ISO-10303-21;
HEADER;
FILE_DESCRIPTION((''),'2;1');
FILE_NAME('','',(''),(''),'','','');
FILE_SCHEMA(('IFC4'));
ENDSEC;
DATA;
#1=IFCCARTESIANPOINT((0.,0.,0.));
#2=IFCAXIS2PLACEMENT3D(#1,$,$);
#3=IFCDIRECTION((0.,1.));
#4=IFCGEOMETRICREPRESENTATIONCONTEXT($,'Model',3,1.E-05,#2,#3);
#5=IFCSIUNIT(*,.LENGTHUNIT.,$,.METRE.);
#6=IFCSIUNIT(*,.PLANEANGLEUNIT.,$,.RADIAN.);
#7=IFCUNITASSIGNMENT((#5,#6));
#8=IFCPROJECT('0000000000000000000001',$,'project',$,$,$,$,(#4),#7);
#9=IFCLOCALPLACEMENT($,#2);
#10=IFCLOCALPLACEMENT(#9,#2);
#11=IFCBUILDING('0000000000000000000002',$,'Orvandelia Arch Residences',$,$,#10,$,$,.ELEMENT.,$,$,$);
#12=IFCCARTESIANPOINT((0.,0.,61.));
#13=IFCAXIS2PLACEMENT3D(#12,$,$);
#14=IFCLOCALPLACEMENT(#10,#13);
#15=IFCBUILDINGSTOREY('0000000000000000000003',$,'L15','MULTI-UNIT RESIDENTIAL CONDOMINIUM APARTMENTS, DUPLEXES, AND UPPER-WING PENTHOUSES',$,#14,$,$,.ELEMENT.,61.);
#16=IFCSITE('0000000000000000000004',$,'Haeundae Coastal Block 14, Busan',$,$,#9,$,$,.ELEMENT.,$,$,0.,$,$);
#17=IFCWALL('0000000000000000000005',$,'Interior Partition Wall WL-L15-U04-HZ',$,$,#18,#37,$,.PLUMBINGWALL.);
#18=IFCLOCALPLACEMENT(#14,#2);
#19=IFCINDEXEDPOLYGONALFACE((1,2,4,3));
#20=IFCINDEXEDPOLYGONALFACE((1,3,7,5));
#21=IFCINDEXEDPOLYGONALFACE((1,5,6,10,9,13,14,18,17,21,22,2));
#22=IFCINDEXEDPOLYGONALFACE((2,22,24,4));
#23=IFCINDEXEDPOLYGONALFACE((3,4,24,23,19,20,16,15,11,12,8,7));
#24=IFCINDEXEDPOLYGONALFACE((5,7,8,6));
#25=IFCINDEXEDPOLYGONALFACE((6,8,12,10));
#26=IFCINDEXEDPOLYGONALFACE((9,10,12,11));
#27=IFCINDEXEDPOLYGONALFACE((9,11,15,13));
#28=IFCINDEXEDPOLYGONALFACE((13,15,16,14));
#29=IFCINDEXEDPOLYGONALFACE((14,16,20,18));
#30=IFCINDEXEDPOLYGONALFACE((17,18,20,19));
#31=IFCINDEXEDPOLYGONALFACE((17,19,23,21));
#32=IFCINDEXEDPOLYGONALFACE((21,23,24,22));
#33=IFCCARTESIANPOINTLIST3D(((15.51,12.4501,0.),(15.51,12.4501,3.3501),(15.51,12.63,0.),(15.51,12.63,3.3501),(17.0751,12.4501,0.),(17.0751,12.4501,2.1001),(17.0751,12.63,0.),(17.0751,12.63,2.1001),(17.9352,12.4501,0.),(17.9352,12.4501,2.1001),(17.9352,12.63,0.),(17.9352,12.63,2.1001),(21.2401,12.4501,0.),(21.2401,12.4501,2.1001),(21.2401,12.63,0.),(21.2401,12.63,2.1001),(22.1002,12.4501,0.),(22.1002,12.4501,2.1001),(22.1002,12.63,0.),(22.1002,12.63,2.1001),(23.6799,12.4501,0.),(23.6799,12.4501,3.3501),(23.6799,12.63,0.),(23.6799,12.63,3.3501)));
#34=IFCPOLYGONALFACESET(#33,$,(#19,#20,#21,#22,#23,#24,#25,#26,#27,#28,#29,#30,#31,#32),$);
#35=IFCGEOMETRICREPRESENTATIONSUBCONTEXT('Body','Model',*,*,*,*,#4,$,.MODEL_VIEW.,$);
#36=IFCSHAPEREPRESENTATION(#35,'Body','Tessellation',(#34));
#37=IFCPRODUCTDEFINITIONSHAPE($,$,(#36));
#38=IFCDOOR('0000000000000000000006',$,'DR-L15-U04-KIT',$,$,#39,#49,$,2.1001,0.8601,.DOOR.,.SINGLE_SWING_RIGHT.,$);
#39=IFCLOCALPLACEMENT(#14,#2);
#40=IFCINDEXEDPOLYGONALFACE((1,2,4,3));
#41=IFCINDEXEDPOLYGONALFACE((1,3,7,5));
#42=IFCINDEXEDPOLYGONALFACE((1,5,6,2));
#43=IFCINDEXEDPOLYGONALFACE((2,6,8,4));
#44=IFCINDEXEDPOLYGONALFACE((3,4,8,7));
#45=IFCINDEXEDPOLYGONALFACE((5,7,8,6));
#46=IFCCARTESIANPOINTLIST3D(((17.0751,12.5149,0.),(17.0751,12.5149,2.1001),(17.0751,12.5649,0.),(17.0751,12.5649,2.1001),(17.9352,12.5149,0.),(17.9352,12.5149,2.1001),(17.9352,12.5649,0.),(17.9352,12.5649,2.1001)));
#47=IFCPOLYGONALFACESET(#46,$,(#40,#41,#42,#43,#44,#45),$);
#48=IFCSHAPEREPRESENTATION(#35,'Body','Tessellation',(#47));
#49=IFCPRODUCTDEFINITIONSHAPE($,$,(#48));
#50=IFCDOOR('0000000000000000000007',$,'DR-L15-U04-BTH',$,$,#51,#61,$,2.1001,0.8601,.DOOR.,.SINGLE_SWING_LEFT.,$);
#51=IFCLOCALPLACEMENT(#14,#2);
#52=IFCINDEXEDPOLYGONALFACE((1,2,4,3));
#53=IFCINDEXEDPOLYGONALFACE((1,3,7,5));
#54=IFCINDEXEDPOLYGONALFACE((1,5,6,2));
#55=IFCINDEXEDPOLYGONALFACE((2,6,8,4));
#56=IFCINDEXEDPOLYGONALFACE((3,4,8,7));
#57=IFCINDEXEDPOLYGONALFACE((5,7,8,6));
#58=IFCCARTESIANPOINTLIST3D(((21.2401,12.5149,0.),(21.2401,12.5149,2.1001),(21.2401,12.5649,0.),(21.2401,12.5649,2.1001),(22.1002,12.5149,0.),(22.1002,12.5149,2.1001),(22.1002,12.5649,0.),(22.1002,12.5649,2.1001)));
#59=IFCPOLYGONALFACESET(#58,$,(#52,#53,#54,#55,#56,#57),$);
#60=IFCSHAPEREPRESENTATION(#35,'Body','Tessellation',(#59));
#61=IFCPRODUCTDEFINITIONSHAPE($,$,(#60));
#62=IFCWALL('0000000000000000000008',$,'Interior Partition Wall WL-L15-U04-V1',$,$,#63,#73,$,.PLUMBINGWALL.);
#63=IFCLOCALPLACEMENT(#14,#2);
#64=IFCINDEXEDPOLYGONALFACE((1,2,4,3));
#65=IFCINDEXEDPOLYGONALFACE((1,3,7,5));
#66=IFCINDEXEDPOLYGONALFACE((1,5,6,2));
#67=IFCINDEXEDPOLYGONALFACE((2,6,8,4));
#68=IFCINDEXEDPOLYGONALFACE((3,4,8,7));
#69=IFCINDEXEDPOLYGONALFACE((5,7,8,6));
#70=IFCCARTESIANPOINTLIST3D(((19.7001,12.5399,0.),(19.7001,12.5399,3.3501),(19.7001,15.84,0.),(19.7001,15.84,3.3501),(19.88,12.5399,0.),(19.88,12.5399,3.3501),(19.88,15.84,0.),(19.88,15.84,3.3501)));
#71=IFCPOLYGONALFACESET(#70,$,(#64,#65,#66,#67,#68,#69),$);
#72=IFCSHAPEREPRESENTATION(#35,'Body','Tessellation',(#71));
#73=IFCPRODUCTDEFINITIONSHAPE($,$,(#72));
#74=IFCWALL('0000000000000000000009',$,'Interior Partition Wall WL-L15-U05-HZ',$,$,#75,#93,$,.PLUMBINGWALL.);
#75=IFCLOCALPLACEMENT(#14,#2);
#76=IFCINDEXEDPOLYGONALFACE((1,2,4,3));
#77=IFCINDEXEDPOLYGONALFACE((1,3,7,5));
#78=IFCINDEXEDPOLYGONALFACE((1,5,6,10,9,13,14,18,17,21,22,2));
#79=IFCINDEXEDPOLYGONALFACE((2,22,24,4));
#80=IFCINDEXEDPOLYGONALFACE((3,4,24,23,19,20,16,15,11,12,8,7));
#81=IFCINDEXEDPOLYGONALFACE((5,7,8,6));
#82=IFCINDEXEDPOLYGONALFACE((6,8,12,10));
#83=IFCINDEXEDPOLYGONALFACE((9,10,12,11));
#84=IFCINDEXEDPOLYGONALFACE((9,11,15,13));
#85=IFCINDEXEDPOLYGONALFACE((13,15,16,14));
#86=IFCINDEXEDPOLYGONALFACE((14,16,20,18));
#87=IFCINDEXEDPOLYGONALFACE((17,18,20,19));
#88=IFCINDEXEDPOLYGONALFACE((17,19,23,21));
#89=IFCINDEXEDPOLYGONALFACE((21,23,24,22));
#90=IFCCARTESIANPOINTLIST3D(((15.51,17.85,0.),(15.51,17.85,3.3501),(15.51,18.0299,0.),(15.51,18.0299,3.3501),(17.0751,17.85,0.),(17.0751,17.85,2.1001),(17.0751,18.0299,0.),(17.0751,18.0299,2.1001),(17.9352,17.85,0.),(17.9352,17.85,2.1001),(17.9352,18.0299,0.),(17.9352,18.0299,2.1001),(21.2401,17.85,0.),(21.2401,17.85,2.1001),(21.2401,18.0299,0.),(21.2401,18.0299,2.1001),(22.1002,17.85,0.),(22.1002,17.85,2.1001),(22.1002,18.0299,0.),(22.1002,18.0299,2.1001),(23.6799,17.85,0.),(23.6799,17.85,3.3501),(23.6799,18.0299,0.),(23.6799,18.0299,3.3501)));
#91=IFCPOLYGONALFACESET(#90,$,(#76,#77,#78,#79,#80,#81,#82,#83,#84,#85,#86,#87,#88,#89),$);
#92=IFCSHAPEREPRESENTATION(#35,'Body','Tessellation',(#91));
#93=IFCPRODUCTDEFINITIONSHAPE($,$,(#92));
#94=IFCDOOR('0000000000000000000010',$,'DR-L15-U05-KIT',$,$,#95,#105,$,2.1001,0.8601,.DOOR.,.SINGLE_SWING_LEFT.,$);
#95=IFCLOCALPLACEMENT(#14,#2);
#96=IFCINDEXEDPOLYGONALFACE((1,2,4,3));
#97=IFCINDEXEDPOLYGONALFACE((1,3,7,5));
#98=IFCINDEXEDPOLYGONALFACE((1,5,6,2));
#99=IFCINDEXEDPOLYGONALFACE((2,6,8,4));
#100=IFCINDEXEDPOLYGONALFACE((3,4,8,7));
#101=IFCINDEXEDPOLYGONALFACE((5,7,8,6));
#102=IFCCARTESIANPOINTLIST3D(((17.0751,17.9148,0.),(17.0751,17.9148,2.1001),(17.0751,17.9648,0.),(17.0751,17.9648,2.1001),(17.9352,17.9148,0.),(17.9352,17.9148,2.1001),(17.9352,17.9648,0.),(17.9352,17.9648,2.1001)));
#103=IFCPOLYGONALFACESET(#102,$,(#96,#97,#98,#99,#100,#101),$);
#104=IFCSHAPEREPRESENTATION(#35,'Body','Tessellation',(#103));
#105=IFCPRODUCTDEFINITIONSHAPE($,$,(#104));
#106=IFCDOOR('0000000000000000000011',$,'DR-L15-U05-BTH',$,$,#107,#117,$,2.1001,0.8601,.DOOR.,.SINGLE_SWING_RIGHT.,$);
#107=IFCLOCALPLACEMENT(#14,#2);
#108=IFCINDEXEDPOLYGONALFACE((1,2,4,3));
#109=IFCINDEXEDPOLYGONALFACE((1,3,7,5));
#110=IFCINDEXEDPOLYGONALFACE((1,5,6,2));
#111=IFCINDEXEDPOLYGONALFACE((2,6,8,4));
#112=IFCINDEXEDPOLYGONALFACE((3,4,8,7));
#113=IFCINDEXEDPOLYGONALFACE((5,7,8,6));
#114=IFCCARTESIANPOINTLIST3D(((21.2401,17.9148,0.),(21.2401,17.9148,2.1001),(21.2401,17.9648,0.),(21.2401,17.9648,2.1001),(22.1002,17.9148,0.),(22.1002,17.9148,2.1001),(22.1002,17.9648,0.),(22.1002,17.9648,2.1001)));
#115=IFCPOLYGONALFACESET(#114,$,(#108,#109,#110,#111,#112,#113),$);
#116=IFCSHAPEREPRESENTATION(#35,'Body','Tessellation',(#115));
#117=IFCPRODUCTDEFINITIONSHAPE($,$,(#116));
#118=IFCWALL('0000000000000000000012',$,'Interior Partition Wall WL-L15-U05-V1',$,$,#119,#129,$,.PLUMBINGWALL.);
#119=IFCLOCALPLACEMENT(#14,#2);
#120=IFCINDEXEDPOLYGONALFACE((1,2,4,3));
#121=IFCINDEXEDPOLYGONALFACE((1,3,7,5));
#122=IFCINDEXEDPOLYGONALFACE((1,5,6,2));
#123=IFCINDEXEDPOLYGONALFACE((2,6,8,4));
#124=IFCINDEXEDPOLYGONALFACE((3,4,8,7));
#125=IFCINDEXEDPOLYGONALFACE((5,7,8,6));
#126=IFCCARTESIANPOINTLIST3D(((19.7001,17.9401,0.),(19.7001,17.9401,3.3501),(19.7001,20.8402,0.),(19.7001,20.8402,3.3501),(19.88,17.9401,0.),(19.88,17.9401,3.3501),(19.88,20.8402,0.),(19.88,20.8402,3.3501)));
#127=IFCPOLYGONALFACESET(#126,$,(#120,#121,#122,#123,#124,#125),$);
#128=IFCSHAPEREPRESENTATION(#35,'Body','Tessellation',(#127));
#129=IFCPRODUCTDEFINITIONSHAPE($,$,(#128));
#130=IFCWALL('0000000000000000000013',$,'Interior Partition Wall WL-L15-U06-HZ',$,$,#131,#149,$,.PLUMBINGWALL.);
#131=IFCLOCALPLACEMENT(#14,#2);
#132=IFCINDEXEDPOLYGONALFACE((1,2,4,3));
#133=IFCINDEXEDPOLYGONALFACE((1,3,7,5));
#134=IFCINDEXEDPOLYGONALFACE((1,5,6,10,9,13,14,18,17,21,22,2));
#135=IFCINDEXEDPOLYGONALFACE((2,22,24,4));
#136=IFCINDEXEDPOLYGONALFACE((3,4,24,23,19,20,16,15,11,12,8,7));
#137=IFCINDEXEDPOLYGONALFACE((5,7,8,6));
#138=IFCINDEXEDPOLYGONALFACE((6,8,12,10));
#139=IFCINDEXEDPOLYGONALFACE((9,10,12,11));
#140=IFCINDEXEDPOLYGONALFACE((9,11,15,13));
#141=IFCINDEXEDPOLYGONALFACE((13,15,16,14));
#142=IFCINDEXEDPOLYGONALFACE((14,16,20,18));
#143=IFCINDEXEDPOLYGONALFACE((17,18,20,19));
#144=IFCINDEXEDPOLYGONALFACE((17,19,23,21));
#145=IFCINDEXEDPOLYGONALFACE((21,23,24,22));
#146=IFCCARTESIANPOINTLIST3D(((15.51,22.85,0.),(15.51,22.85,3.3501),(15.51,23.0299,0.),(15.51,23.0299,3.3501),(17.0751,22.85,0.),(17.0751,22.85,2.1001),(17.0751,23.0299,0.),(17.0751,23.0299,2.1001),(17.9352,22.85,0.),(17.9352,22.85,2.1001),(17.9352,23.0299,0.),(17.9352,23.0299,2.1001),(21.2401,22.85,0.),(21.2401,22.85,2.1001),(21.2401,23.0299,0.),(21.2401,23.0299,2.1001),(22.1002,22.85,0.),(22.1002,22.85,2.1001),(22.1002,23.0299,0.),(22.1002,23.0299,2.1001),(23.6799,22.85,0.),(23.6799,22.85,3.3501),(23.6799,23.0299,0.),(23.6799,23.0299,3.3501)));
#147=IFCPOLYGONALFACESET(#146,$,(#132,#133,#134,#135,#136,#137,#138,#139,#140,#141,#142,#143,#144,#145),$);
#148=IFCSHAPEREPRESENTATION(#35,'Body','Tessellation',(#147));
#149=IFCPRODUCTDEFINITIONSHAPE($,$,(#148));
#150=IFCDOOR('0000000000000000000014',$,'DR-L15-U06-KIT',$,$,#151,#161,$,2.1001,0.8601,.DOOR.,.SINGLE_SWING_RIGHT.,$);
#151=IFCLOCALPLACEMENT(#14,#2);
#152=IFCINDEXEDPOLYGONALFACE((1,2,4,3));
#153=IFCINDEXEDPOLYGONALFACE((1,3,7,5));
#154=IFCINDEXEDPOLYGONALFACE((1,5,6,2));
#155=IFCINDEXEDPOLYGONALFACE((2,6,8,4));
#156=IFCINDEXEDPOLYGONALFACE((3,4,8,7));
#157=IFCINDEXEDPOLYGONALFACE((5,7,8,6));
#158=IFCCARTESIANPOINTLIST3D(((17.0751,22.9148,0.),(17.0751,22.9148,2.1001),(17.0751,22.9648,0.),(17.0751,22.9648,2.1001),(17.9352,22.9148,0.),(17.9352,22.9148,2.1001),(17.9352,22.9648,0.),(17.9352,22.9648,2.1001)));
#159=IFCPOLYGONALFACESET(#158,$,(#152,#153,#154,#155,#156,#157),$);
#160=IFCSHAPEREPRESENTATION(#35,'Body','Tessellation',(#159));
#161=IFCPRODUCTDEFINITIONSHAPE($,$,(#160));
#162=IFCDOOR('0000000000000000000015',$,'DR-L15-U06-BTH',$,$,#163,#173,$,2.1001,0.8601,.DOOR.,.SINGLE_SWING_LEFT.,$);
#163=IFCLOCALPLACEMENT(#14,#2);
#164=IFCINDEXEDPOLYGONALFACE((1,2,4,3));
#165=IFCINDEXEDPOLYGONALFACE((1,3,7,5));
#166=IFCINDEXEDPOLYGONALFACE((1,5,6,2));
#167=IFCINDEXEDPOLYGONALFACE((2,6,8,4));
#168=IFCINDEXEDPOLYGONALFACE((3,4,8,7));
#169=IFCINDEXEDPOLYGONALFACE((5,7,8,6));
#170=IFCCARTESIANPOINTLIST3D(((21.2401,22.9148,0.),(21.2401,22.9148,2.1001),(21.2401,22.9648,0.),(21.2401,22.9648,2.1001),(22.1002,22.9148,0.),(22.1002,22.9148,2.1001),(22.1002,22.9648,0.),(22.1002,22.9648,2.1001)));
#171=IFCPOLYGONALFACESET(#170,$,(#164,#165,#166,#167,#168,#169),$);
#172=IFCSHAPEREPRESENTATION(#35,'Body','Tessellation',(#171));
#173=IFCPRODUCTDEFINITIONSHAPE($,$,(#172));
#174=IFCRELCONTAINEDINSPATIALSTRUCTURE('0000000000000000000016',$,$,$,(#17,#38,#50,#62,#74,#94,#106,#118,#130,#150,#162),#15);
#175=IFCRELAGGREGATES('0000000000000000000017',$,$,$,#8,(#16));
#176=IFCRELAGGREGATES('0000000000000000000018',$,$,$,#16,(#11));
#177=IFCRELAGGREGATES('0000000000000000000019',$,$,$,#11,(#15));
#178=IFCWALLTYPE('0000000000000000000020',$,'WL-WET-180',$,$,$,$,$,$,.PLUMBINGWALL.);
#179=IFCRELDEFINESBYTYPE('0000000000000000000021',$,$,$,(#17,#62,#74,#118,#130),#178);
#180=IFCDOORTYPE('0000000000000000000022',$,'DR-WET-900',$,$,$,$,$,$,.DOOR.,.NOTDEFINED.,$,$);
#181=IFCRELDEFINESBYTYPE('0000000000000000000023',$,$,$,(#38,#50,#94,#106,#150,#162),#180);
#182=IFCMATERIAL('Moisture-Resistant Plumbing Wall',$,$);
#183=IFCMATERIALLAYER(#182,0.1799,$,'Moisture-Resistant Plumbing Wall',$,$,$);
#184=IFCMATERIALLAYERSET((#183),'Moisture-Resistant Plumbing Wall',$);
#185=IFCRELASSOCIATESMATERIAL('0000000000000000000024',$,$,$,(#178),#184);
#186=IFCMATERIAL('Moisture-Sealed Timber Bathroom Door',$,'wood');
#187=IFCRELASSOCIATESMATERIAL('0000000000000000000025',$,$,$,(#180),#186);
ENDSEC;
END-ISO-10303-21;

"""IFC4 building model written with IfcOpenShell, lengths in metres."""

from ifc_helpers import new_model, si_unit, direction, frame, frame_2d, origin, place, context, subcontext, project, spatial, rectangle, extrude, material, layer, layer_set, type_object, element, fill, save


model = new_model("IFC4")

# Units and contexts
model_context = context("Model", 3, precision=1e-05, world=origin(), true_north=direction((0.0, 1.0)))
body_context = subcontext(model_context, "Body", "Model", "MODEL_VIEW")
ifc_project = project(units=[si_unit("LENGTHUNIT", "METRE"), si_unit("PLANEANGLEUNIT", "RADIAN")], contexts=[model_context])

# Site, building, storey
site_placement = place(None, origin())
site = spatial("IfcSite", under=ifc_project, at=site_placement, Name="Haeundae Coastal Block 14, Busan", CompositionType="ELEMENT", RefElevation=0.0)
building_placement = place(site_placement, origin())
building = spatial("IfcBuilding", under=site, at=building_placement, Name="Orvandelia Arch Residences", CompositionType="ELEMENT")
storey_placement = place(building_placement, frame((0.0, 0.0, 61.0)))
storey = spatial("IfcBuildingStorey", under=building, at=storey_placement, Name="L15", Description="MULTI-UNIT RESIDENTIAL CONDOMINIUM APARTMENTS, DUPLEXES, AND UPPER-WING PENTHOUSES", CompositionType="ELEMENT", Elevation=61.0)

# Shared definitions
ifc_material_1 = material(Name="Moisture-Resistant Plumbing Wall")
ifc_layer_1 = layer(ifc_material_1, 0.1799, Name="Moisture-Resistant Plumbing Wall")
ifc_layer_set_1 = layer_set([ifc_layer_1], Name="Moisture-Resistant Plumbing Wall")
wall_type_1 = type_object("IfcWallType", Name="WL-WET-180", PredefinedType="PLUMBINGWALL", material=ifc_layer_set_1)

# Wall, openings, doors
wall_1_placement = place(storey_placement, frame((15.51, 12.54, 0.0), z_axis=(0.0, 0.0, 1.0), x_axis=(1.0, 0.0, 0.0)))
wall_1 = element("IfcWall", 1, at=wall_1_placement, inside=storey, type_object=wall_type_1, Name="Interior Partition Wall WL-L15-U04-HZ", PredefinedType="PLUMBINGWALL", context=body_context, shape_type="SweptSolid", body=[
    extrude(rectangle(XDim=8.1699, YDim=0.1799, at=frame_2d((4.085, 0.0))), origin(), (0.0, 0.0, 1.0), 3.3501),
])
opening_1_placement = place(wall_1_placement, frame((1.5649, 0.0, 0.0)))
opening_1 = element("IfcOpeningElement", 2, at=opening_1_placement, cuts=wall_1, PredefinedType="OPENING", context=body_context, shape_type="SweptSolid", body=[
    extrude(rectangle(XDim=0.8601, YDim=2.1001, at=frame_2d((0.4302, 1.05))), frame((0.0, 0.1001, 0.0), z_axis=(0.0, -1.0, 0.0), x_axis=(1.0, 0.0, 0.0)), (0.0, 0.0, 1.0), 0.2),
])
opening_2_placement = place(wall_1_placement, frame((5.73, 0.0, 0.0)))
opening_2 = element("IfcOpeningElement", 3, at=opening_2_placement, cuts=wall_1, PredefinedType="OPENING", context=body_context, shape_type="SweptSolid", body=[
    extrude(rectangle(XDim=0.8601, YDim=2.1001, at=frame_2d((0.4302, 1.05))), frame((0.0, 0.1001, 0.0), z_axis=(0.0, -1.0, 0.0), x_axis=(1.0, 0.0, 0.0)), (0.0, 0.0, 1.0), 0.2),
])
ifc_material_2 = material(Name="Moisture-Sealed Timber Bathroom Door", Category="wood")
door_type_1 = type_object("IfcDoorType", Name="DR-WET-900", OperationType="NOTDEFINED", PredefinedType="DOOR", material=ifc_material_2)
door_1_placement = place(opening_1_placement, origin())
door_1 = element("IfcDoor", 4, at=door_1_placement, inside=storey, type_object=door_type_1, Name="DR-L15-U04-KIT", OperationType="SINGLE_SWING_RIGHT", OverallHeight=2.1001, OverallWidth=0.8601, PredefinedType="DOOR", context=body_context, shape_type="SweptSolid", body=[
    extrude(rectangle(XDim=0.8601, YDim=2.1001, at=frame_2d((0.4302, 1.05))), frame((0.0, 0.0249, 0.0), z_axis=(0.0, -1.0, 0.0), x_axis=(1.0, 0.0, 0.0)), (0.0, 0.0, 1.0), 0.05),
])
fill(opening_1, door_1)
door_2_placement = place(opening_2_placement, origin())
door_2 = element("IfcDoor", 5, at=door_2_placement, inside=storey, type_object=door_type_1, Name="DR-L15-U04-BTH", OperationType="SINGLE_SWING_LEFT", OverallHeight=2.1001, OverallWidth=0.8601, PredefinedType="DOOR", context=body_context, shape_type="SweptSolid", body=[
    extrude(rectangle(XDim=0.8601, YDim=2.1001, at=frame_2d((0.4302, 1.05))), frame((0.0, 0.0249, 0.0), z_axis=(0.0, -1.0, 0.0), x_axis=(1.0, 0.0, 0.0)), (0.0, 0.0, 1.0), 0.05),
])
fill(opening_2, door_2)

# Wall
wall_2_placement = place(storey_placement, frame((19.79, 12.54, 0.0), z_axis=(0.0, 0.0, 1.0), x_axis=(0.0, 1.0, 0.0)))
element("IfcWall", 6, at=wall_2_placement, inside=storey, type_object=wall_type_1, Name="Interior Partition Wall WL-L15-U04-V1", PredefinedType="PLUMBINGWALL", context=body_context, shape_type="SweptSolid", body=[
    extrude(rectangle(XDim=3.3, YDim=0.1799, at=frame_2d((1.6499, 0.0))), origin(), (0.0, 0.0, 1.0), 3.3501),
])

# Wall, openings, doors
wall_3_placement = place(storey_placement, frame((15.51, 17.9399, 0.0), z_axis=(0.0, 0.0, 1.0), x_axis=(1.0, 0.0, 0.0)))
wall_3 = element("IfcWall", 7, at=wall_3_placement, inside=storey, type_object=wall_type_1, Name="Interior Partition Wall WL-L15-U05-HZ", PredefinedType="PLUMBINGWALL", context=body_context, shape_type="SweptSolid", body=[
    extrude(rectangle(XDim=8.1699, YDim=0.1799, at=frame_2d((4.085, 0.0))), origin(), (0.0, 0.0, 1.0), 3.3501),
])
opening_3_placement = place(wall_3_placement, frame((1.5649, 0.0, 0.0)))
opening_3 = element("IfcOpeningElement", 8, at=opening_3_placement, cuts=wall_3, PredefinedType="OPENING", context=body_context, shape_type="SweptSolid", body=[
    extrude(rectangle(XDim=0.8601, YDim=2.1001, at=frame_2d((0.4302, 1.05))), frame((0.0, 0.1001, 0.0), z_axis=(0.0, -1.0, 0.0), x_axis=(1.0, 0.0, 0.0)), (0.0, 0.0, 1.0), 0.2),
])
opening_4_placement = place(wall_3_placement, frame((5.73, 0.0, 0.0)))
opening_4 = element("IfcOpeningElement", 9, at=opening_4_placement, cuts=wall_3, PredefinedType="OPENING", context=body_context, shape_type="SweptSolid", body=[
    extrude(rectangle(XDim=0.8601, YDim=2.1001, at=frame_2d((0.4302, 1.05))), frame((0.0, 0.1001, 0.0), z_axis=(0.0, -1.0, 0.0), x_axis=(1.0, 0.0, 0.0)), (0.0, 0.0, 1.0), 0.2),
])
door_3_placement = place(opening_3_placement, origin())
door_3 = element("IfcDoor", 10, at=door_3_placement, inside=storey, type_object=door_type_1, Name="DR-L15-U05-KIT", OperationType="SINGLE_SWING_LEFT", OverallHeight=2.1001, OverallWidth=0.8601, PredefinedType="DOOR", context=body_context, shape_type="SweptSolid", body=[
    extrude(rectangle(XDim=0.8601, YDim=2.1001, at=frame_2d((0.4302, 1.05))), frame((0.0, 0.0249, 0.0), z_axis=(0.0, -1.0, 0.0), x_axis=(1.0, 0.0, 0.0)), (0.0, 0.0, 1.0), 0.05),
])
fill(opening_3, door_3)
door_4_placement = place(opening_4_placement, origin())
door_4 = element("IfcDoor", 11, at=door_4_placement, inside=storey, type_object=door_type_1, Name="DR-L15-U05-BTH", OperationType="SINGLE_SWING_RIGHT", OverallHeight=2.1001, OverallWidth=0.8601, PredefinedType="DOOR", context=body_context, shape_type="SweptSolid", body=[
    extrude(rectangle(XDim=0.8601, YDim=2.1001, at=frame_2d((0.4302, 1.05))), frame((0.0, 0.0249, 0.0), z_axis=(0.0, -1.0, 0.0), x_axis=(1.0, 0.0, 0.0)), (0.0, 0.0, 1.0), 0.05),
])
fill(opening_4, door_4)

# Wall
wall_4_placement = place(storey_placement, frame((19.79, 17.9399, 0.0), z_axis=(0.0, 0.0, 1.0), x_axis=(0.0, 1.0, 0.0)))
element("IfcWall", 12, at=wall_4_placement, inside=storey, type_object=wall_type_1, Name="Interior Partition Wall WL-L15-U05-V1", PredefinedType="PLUMBINGWALL", context=body_context, shape_type="SweptSolid", body=[
    extrude(rectangle(XDim=2.9001, YDim=0.1799, at=frame_2d((1.4502, 0.0))), origin(), (0.0, 0.0, 1.0), 3.3501),
])

# Wall, openings, doors
wall_5_placement = place(storey_placement, frame((15.51, 22.9399, 0.0), z_axis=(0.0, 0.0, 1.0), x_axis=(1.0, 0.0, 0.0)))
wall_5 = element("IfcWall", 13, at=wall_5_placement, inside=storey, type_object=wall_type_1, Name="Interior Partition Wall WL-L15-U06-HZ", PredefinedType="PLUMBINGWALL", context=body_context, shape_type="SweptSolid", body=[
    extrude(rectangle(XDim=8.1699, YDim=0.1799, at=frame_2d((4.085, 0.0))), origin(), (0.0, 0.0, 1.0), 3.3501),
])
opening_5_placement = place(wall_5_placement, frame((1.5649, 0.0, 0.0)))
opening_5 = element("IfcOpeningElement", 14, at=opening_5_placement, cuts=wall_5, PredefinedType="OPENING", context=body_context, shape_type="SweptSolid", body=[
    extrude(rectangle(XDim=0.8601, YDim=2.1001, at=frame_2d((0.4302, 1.05))), frame((0.0, 0.1001, 0.0), z_axis=(0.0, -1.0, 0.0), x_axis=(1.0, 0.0, 0.0)), (0.0, 0.0, 1.0), 0.2),
])
opening_6_placement = place(wall_5_placement, frame((5.73, 0.0, 0.0)))
opening_6 = element("IfcOpeningElement", 15, at=opening_6_placement, cuts=wall_5, PredefinedType="OPENING", context=body_context, shape_type="SweptSolid", body=[
    extrude(rectangle(XDim=0.8601, YDim=2.1001, at=frame_2d((0.4302, 1.05))), frame((0.0, 0.1001, 0.0), z_axis=(0.0, -1.0, 0.0), x_axis=(1.0, 0.0, 0.0)), (0.0, 0.0, 1.0), 0.2),
])
door_5_placement = place(opening_5_placement, origin())
door_5 = element("IfcDoor", 16, at=door_5_placement, inside=storey, type_object=door_type_1, Name="DR-L15-U06-KIT", OperationType="SINGLE_SWING_RIGHT", OverallHeight=2.1001, OverallWidth=0.8601, PredefinedType="DOOR", context=body_context, shape_type="SweptSolid", body=[
    extrude(rectangle(XDim=0.8601, YDim=2.1001, at=frame_2d((0.4302, 1.05))), frame((0.0, 0.0249, 0.0), z_axis=(0.0, -1.0, 0.0), x_axis=(1.0, 0.0, 0.0)), (0.0, 0.0, 1.0), 0.05),
])
fill(opening_5, door_5)
door_6_placement = place(opening_6_placement, origin())
door_6 = element("IfcDoor", 17, at=door_6_placement, inside=storey, type_object=door_type_1, Name="DR-L15-U06-BTH", OperationType="SINGLE_SWING_LEFT", OverallHeight=2.1001, OverallWidth=0.8601, PredefinedType="DOOR", context=body_context, shape_type="SweptSolid", body=[
    extrude(rectangle(XDim=0.8601, YDim=2.1001, at=frame_2d((0.4302, 1.05))), frame((0.0, 0.0249, 0.0), z_axis=(0.0, -1.0, 0.0), x_axis=(1.0, 0.0, 0.0)), (0.0, 0.0, 1.0), 0.05),
])
fill(opening_6, door_6)

save(model, "model.ifc")
